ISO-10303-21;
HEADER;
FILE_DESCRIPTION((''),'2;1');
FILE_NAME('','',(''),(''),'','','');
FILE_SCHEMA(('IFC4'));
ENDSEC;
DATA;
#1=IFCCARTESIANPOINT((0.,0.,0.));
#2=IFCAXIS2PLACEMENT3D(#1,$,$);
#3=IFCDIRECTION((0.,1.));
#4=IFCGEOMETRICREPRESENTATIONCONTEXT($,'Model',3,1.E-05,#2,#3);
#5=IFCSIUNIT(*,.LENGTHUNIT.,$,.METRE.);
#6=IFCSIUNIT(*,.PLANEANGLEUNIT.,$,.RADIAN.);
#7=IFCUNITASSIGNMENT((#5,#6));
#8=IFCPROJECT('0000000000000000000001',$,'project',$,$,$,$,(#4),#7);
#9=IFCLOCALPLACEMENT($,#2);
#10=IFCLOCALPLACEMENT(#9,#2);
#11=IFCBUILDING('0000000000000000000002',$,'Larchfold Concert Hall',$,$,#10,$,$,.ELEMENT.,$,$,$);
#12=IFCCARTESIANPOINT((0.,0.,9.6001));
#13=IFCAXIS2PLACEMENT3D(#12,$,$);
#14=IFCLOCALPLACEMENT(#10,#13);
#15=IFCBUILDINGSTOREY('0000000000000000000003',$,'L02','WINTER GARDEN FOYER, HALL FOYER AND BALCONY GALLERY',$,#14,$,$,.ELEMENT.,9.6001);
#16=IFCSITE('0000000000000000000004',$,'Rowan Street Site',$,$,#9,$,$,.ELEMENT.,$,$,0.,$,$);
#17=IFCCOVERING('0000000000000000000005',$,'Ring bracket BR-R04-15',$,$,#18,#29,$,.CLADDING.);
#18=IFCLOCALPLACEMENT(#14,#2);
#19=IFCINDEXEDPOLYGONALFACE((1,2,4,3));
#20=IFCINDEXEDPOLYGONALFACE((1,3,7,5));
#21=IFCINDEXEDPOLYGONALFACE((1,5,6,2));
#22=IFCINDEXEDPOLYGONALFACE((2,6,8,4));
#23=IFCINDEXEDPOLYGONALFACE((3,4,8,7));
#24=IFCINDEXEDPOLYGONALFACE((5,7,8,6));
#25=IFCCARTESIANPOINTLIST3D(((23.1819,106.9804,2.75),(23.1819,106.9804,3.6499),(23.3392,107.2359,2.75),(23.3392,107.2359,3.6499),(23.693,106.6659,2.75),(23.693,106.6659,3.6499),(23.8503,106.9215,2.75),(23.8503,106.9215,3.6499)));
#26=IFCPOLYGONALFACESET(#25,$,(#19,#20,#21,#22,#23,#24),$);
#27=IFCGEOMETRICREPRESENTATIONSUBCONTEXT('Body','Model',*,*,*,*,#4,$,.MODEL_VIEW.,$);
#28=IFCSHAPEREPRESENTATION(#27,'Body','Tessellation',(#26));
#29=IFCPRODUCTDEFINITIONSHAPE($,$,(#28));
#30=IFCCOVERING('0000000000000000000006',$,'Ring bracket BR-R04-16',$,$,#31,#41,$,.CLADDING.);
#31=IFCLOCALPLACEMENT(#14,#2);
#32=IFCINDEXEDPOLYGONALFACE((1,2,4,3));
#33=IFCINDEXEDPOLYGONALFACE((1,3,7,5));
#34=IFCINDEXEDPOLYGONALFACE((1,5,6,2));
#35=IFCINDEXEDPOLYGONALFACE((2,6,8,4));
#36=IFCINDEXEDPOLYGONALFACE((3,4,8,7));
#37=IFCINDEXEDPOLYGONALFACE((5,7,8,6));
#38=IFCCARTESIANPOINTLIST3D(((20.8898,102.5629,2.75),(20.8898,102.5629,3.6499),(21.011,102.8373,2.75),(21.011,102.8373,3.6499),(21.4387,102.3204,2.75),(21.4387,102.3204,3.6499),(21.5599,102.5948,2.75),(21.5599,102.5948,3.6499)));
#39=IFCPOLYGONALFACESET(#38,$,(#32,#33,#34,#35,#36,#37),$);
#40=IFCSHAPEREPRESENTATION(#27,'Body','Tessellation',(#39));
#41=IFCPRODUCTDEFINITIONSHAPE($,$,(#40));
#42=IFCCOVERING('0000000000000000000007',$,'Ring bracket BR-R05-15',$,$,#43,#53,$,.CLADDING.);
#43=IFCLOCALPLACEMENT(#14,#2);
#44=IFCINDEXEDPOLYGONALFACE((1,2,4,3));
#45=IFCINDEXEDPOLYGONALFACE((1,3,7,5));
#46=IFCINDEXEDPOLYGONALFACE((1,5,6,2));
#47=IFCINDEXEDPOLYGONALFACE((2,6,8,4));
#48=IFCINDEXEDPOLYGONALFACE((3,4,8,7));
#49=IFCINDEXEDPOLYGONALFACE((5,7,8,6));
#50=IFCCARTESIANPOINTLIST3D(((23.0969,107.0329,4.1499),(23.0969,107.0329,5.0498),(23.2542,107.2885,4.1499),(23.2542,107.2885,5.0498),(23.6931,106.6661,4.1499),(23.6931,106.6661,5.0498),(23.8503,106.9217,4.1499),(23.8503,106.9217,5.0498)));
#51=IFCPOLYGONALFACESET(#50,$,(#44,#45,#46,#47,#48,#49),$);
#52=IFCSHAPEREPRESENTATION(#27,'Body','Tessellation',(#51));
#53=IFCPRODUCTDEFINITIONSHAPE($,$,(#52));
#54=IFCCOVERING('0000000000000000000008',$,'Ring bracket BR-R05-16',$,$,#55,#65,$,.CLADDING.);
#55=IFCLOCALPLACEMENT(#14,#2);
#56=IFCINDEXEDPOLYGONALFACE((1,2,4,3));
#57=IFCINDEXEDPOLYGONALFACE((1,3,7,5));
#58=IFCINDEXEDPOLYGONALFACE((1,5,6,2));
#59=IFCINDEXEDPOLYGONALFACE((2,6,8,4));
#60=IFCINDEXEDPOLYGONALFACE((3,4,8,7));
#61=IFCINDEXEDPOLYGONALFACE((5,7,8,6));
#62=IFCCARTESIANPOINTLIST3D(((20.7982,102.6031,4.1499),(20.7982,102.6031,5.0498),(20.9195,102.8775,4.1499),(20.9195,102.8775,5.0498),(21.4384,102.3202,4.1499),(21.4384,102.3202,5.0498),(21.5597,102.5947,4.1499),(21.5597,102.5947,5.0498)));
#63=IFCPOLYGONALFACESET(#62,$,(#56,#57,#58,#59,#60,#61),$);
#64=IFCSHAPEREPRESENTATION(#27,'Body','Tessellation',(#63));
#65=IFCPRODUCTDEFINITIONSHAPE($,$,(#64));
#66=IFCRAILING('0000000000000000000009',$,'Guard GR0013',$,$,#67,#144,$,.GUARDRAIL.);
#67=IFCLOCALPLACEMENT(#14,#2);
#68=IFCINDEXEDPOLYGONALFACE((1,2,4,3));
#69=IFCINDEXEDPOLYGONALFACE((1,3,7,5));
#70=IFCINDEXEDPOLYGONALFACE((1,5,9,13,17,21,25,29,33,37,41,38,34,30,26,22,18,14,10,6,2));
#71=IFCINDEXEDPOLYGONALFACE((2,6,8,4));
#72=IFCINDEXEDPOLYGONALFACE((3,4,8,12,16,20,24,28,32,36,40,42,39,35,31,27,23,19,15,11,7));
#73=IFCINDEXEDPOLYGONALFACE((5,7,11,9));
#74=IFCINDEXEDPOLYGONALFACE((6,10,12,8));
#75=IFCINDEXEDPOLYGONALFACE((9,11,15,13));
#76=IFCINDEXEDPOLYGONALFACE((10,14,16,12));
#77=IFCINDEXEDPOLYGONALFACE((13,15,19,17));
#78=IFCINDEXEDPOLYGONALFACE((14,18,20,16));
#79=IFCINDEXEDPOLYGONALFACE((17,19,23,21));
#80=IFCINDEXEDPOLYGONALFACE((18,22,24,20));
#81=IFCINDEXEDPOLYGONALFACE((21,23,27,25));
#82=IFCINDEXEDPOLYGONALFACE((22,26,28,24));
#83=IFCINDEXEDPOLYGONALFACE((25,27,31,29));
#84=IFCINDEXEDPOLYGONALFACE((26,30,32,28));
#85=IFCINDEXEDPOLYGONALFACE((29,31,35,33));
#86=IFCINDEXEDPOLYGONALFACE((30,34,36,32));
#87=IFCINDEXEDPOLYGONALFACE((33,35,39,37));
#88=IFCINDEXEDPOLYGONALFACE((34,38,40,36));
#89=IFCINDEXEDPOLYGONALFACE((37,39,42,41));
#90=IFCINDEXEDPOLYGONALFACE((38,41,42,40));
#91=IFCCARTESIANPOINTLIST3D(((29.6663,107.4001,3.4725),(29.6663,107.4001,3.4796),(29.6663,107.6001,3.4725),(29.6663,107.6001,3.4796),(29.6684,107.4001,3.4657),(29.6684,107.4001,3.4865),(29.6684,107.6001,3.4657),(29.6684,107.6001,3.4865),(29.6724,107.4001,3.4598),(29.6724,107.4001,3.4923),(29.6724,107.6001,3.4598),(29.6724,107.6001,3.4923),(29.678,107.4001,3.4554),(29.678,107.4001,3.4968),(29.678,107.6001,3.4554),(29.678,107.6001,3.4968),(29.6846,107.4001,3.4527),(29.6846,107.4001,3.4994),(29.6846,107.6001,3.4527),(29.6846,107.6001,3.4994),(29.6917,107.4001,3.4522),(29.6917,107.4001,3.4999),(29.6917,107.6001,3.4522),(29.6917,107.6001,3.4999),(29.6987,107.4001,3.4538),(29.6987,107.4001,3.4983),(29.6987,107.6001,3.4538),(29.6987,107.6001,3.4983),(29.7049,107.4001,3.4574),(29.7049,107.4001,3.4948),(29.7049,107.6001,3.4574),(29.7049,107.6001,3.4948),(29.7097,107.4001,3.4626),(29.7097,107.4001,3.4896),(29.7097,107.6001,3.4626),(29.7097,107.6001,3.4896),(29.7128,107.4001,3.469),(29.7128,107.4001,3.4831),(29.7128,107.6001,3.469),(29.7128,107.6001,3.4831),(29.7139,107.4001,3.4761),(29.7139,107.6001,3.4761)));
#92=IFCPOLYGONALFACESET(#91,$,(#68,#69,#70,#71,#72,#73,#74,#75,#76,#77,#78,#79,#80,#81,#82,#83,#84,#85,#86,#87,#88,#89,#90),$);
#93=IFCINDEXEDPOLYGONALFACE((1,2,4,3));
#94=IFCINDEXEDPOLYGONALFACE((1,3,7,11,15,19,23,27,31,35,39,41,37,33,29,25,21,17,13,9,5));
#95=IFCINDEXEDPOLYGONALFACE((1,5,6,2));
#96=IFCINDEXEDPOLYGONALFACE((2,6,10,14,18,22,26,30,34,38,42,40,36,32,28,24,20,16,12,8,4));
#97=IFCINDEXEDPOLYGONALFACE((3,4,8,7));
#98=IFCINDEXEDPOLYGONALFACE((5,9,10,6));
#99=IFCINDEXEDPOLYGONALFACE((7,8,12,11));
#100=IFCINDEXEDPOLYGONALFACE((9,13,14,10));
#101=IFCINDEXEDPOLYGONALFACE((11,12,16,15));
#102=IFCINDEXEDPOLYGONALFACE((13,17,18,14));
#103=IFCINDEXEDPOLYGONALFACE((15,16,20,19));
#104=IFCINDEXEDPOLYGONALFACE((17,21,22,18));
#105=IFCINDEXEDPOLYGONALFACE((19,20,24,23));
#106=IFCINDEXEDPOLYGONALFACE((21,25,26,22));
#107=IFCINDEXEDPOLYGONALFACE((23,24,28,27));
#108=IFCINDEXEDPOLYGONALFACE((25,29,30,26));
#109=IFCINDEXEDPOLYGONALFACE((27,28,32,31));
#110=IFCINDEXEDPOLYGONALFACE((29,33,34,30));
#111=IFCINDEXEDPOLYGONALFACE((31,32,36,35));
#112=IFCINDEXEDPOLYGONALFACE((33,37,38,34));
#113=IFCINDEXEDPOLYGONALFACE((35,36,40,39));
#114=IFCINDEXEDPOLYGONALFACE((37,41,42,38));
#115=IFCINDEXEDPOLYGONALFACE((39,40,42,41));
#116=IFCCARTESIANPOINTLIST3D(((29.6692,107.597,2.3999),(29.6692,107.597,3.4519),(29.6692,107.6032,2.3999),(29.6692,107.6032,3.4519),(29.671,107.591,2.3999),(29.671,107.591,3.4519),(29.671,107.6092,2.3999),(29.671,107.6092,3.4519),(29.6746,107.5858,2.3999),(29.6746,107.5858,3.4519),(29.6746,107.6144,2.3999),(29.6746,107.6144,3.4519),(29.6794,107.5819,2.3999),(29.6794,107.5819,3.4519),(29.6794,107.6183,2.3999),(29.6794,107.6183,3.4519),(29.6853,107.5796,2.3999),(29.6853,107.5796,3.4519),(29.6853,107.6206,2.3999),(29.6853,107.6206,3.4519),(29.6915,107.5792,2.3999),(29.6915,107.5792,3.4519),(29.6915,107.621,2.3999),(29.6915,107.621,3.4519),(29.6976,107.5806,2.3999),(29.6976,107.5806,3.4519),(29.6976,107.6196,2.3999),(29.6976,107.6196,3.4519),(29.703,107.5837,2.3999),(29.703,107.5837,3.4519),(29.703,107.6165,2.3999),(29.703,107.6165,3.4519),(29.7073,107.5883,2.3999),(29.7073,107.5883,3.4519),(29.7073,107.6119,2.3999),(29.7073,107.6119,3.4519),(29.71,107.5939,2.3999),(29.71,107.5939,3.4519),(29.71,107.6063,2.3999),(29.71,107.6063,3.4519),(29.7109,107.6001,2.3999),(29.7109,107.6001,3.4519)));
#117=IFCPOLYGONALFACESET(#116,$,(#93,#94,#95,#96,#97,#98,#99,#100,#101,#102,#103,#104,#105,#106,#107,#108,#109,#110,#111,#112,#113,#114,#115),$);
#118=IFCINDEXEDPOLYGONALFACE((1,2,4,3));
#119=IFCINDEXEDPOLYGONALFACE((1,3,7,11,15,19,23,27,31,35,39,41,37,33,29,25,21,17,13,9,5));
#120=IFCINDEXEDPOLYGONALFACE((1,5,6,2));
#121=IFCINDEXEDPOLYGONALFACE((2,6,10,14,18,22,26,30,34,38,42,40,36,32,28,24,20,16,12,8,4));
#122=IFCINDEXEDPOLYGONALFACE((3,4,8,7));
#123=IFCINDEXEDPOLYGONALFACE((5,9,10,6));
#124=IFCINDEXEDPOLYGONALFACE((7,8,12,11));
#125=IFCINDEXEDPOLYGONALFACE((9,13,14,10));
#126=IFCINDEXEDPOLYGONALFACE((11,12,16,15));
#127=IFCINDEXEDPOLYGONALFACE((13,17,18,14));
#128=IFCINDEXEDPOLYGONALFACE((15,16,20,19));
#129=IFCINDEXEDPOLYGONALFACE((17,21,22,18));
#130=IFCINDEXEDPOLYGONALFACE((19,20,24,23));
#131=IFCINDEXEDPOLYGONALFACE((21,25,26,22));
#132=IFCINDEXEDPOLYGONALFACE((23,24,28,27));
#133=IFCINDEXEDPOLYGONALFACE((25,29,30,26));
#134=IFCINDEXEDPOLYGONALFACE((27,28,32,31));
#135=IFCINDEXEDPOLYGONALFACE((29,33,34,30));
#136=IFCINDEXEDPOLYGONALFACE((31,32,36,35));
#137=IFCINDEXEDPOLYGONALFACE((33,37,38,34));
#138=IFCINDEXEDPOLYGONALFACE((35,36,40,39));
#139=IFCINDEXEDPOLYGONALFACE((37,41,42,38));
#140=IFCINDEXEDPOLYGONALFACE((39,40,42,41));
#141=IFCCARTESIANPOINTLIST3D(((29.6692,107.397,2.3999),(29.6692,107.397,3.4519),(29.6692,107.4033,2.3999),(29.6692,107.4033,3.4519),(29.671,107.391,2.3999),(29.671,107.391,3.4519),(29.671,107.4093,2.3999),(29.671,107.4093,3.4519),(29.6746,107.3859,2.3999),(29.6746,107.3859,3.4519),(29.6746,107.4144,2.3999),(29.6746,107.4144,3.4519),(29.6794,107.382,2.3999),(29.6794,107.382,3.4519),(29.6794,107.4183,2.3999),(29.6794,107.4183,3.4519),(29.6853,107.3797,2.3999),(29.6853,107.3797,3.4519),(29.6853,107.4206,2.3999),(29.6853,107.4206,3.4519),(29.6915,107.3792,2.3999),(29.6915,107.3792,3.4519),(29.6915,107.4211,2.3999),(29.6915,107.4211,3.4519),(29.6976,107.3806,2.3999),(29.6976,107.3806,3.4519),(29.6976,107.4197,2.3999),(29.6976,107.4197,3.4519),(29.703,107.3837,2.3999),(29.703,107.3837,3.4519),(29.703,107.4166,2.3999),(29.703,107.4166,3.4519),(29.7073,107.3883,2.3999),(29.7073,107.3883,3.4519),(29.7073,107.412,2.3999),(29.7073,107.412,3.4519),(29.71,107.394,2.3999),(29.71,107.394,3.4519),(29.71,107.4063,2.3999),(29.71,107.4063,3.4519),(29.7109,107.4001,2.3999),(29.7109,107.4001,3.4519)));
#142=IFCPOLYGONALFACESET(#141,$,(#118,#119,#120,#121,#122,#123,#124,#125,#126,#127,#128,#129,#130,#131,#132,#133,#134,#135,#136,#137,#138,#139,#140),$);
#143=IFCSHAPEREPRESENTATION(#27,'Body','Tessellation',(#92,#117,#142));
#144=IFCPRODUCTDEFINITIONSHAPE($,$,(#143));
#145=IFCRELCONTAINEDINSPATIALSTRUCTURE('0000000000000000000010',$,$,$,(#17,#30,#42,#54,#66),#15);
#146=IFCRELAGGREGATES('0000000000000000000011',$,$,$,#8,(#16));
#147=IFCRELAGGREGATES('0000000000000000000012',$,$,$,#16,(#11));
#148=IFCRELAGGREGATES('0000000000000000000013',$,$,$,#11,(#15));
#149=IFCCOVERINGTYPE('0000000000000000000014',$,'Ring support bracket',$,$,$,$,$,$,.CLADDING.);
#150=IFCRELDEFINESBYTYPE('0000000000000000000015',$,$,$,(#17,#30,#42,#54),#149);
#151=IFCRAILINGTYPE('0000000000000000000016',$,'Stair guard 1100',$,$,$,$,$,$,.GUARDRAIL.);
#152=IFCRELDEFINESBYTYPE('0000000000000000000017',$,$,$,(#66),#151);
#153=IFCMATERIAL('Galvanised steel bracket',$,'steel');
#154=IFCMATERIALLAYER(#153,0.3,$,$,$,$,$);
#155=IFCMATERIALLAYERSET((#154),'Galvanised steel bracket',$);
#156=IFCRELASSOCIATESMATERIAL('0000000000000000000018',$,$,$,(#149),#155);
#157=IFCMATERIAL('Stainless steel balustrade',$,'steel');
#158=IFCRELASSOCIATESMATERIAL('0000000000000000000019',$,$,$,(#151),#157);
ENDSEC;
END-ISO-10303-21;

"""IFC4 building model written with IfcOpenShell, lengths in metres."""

from ifc_helpers import new_model, si_unit, direction, frame, origin, origin_2d, place, context, subcontext, project, spatial, rectangle, circle, extrude, material, layer, layer_set, type_object, element, save


model = new_model("IFC4")

# Units and contexts
model_context = context("Model", 3, precision=1e-05, world=origin(), true_north=direction((0.0, 1.0)))
body_context = subcontext(model_context, "Body", "Model", "MODEL_VIEW")
ifc_project = project(units=[si_unit("LENGTHUNIT", "METRE"), si_unit("PLANEANGLEUNIT", "RADIAN")], contexts=[model_context])

# Site, building, storey
site_placement = place(None, origin())
site = spatial("IfcSite", under=ifc_project, at=site_placement, Name="Rowan Street Site", CompositionType="ELEMENT", RefElevation=0.0)
building_placement = place(site_placement, origin())
building = spatial("IfcBuilding", under=site, at=building_placement, Name="Larchfold Concert Hall", CompositionType="ELEMENT")
storey_placement = place(building_placement, frame((0.0, 0.0, 9.6001)))
storey = spatial("IfcBuildingStorey", under=building, at=storey_placement, Name="L02", Description="WINTER GARDEN FOYER, HALL FOYER AND BALCONY GALLERY", CompositionType="ELEMENT", Elevation=9.6001)

# Coverings
ifc_material_1 = material(Name="Galvanised steel bracket", Category="steel")
ifc_layer_1 = layer(ifc_material_1, 0.3)
ifc_layer_set_1 = layer_set([ifc_layer_1], Name="Galvanised steel bracket")
covering_type = type_object("IfcCoveringType", Name="Ring support bracket", PredefinedType="CLADDING", material=ifc_layer_set_1)
for number, where, z_axis, x_axis, name in (
    (1, (23.5161, 106.9509, 2.75), (0.0, 0.0, 1.0), (-0.851675, 0.52407, 0.0), "Ring bracket BR-R04-15"),
    (2, (21.2249, 102.5789, 2.75), (0.0, 0.0, 1.0), (-0.914701, 0.404131, 0.0), "Ring bracket BR-R04-16"),
):
    element("IfcCovering", number, at=place(storey_placement, frame(where, z_axis=z_axis, x_axis=x_axis)), inside=storey, type_object=covering_type, Name=name, PredefinedType="CLADDING", context=body_context, shape_type="SweptSolid", body=[
        extrude(rectangle(XDim=0.6001, YDim=0.3, at=origin_2d()), origin(), (0.0, 0.0, 1.0), 0.8999),
    ])
for number, where, z_axis, x_axis, name in (
    (3, (23.4736, 106.9773, 4.1499), (0.0, 0.0, 1.0), (-0.851675, 0.52407, 0.0), "Ring bracket BR-R05-15"),
    (4, (21.179, 102.5989, 4.1499), (0.0, 0.0, 1.0), (-0.914701, 0.404131, 0.0), "Ring bracket BR-R05-16"),
):
    element("IfcCovering", number, at=place(storey_placement, frame(where, z_axis=z_axis, x_axis=x_axis)), inside=storey, type_object=covering_type, Name=name, PredefinedType="CLADDING", context=body_context, shape_type="SweptSolid", body=[
        extrude(rectangle(XDim=0.7, YDim=0.3, at=origin_2d()), origin(), (0.0, 0.0, 1.0), 0.8999),
    ])

# Railing
ifc_material_2 = material(Name="Stainless steel balustrade", Category="steel")
railing_type_1 = type_object("IfcRailingType", Name="Stair guard 1100", PredefinedType="GUARDRAIL", material=ifc_material_2)
railing_1_placement = place(storey_placement, frame((29.6899, 107.6001, 2.3999)))
element("IfcRailing", 5, at=railing_1_placement, inside=storey, type_object=railing_type_1, Name="Guard GR0013", PredefinedType="GUARDRAIL", context=body_context, shape_type="SweptSolid", body=[
    extrude(circle(Radius=0.0239, at=origin_2d()), frame((0.0, 0.0, 1.0762), z_axis=(0.0, -1.0, 0.0), x_axis=(1.0, 0.0, 0.0)), (0.0, 0.0, 1.0), 0.2),
    extrude(circle(Radius=0.021, at=origin_2d()), origin(), (0.0, 0.0, 1.0), 1.052),
    extrude(circle(Radius=0.021, at=origin_2d()), frame((0.0, -0.2, 0.0)), (0.0, 0.0, 1.0), 1.052),
])

save(model, "model.ifc")
